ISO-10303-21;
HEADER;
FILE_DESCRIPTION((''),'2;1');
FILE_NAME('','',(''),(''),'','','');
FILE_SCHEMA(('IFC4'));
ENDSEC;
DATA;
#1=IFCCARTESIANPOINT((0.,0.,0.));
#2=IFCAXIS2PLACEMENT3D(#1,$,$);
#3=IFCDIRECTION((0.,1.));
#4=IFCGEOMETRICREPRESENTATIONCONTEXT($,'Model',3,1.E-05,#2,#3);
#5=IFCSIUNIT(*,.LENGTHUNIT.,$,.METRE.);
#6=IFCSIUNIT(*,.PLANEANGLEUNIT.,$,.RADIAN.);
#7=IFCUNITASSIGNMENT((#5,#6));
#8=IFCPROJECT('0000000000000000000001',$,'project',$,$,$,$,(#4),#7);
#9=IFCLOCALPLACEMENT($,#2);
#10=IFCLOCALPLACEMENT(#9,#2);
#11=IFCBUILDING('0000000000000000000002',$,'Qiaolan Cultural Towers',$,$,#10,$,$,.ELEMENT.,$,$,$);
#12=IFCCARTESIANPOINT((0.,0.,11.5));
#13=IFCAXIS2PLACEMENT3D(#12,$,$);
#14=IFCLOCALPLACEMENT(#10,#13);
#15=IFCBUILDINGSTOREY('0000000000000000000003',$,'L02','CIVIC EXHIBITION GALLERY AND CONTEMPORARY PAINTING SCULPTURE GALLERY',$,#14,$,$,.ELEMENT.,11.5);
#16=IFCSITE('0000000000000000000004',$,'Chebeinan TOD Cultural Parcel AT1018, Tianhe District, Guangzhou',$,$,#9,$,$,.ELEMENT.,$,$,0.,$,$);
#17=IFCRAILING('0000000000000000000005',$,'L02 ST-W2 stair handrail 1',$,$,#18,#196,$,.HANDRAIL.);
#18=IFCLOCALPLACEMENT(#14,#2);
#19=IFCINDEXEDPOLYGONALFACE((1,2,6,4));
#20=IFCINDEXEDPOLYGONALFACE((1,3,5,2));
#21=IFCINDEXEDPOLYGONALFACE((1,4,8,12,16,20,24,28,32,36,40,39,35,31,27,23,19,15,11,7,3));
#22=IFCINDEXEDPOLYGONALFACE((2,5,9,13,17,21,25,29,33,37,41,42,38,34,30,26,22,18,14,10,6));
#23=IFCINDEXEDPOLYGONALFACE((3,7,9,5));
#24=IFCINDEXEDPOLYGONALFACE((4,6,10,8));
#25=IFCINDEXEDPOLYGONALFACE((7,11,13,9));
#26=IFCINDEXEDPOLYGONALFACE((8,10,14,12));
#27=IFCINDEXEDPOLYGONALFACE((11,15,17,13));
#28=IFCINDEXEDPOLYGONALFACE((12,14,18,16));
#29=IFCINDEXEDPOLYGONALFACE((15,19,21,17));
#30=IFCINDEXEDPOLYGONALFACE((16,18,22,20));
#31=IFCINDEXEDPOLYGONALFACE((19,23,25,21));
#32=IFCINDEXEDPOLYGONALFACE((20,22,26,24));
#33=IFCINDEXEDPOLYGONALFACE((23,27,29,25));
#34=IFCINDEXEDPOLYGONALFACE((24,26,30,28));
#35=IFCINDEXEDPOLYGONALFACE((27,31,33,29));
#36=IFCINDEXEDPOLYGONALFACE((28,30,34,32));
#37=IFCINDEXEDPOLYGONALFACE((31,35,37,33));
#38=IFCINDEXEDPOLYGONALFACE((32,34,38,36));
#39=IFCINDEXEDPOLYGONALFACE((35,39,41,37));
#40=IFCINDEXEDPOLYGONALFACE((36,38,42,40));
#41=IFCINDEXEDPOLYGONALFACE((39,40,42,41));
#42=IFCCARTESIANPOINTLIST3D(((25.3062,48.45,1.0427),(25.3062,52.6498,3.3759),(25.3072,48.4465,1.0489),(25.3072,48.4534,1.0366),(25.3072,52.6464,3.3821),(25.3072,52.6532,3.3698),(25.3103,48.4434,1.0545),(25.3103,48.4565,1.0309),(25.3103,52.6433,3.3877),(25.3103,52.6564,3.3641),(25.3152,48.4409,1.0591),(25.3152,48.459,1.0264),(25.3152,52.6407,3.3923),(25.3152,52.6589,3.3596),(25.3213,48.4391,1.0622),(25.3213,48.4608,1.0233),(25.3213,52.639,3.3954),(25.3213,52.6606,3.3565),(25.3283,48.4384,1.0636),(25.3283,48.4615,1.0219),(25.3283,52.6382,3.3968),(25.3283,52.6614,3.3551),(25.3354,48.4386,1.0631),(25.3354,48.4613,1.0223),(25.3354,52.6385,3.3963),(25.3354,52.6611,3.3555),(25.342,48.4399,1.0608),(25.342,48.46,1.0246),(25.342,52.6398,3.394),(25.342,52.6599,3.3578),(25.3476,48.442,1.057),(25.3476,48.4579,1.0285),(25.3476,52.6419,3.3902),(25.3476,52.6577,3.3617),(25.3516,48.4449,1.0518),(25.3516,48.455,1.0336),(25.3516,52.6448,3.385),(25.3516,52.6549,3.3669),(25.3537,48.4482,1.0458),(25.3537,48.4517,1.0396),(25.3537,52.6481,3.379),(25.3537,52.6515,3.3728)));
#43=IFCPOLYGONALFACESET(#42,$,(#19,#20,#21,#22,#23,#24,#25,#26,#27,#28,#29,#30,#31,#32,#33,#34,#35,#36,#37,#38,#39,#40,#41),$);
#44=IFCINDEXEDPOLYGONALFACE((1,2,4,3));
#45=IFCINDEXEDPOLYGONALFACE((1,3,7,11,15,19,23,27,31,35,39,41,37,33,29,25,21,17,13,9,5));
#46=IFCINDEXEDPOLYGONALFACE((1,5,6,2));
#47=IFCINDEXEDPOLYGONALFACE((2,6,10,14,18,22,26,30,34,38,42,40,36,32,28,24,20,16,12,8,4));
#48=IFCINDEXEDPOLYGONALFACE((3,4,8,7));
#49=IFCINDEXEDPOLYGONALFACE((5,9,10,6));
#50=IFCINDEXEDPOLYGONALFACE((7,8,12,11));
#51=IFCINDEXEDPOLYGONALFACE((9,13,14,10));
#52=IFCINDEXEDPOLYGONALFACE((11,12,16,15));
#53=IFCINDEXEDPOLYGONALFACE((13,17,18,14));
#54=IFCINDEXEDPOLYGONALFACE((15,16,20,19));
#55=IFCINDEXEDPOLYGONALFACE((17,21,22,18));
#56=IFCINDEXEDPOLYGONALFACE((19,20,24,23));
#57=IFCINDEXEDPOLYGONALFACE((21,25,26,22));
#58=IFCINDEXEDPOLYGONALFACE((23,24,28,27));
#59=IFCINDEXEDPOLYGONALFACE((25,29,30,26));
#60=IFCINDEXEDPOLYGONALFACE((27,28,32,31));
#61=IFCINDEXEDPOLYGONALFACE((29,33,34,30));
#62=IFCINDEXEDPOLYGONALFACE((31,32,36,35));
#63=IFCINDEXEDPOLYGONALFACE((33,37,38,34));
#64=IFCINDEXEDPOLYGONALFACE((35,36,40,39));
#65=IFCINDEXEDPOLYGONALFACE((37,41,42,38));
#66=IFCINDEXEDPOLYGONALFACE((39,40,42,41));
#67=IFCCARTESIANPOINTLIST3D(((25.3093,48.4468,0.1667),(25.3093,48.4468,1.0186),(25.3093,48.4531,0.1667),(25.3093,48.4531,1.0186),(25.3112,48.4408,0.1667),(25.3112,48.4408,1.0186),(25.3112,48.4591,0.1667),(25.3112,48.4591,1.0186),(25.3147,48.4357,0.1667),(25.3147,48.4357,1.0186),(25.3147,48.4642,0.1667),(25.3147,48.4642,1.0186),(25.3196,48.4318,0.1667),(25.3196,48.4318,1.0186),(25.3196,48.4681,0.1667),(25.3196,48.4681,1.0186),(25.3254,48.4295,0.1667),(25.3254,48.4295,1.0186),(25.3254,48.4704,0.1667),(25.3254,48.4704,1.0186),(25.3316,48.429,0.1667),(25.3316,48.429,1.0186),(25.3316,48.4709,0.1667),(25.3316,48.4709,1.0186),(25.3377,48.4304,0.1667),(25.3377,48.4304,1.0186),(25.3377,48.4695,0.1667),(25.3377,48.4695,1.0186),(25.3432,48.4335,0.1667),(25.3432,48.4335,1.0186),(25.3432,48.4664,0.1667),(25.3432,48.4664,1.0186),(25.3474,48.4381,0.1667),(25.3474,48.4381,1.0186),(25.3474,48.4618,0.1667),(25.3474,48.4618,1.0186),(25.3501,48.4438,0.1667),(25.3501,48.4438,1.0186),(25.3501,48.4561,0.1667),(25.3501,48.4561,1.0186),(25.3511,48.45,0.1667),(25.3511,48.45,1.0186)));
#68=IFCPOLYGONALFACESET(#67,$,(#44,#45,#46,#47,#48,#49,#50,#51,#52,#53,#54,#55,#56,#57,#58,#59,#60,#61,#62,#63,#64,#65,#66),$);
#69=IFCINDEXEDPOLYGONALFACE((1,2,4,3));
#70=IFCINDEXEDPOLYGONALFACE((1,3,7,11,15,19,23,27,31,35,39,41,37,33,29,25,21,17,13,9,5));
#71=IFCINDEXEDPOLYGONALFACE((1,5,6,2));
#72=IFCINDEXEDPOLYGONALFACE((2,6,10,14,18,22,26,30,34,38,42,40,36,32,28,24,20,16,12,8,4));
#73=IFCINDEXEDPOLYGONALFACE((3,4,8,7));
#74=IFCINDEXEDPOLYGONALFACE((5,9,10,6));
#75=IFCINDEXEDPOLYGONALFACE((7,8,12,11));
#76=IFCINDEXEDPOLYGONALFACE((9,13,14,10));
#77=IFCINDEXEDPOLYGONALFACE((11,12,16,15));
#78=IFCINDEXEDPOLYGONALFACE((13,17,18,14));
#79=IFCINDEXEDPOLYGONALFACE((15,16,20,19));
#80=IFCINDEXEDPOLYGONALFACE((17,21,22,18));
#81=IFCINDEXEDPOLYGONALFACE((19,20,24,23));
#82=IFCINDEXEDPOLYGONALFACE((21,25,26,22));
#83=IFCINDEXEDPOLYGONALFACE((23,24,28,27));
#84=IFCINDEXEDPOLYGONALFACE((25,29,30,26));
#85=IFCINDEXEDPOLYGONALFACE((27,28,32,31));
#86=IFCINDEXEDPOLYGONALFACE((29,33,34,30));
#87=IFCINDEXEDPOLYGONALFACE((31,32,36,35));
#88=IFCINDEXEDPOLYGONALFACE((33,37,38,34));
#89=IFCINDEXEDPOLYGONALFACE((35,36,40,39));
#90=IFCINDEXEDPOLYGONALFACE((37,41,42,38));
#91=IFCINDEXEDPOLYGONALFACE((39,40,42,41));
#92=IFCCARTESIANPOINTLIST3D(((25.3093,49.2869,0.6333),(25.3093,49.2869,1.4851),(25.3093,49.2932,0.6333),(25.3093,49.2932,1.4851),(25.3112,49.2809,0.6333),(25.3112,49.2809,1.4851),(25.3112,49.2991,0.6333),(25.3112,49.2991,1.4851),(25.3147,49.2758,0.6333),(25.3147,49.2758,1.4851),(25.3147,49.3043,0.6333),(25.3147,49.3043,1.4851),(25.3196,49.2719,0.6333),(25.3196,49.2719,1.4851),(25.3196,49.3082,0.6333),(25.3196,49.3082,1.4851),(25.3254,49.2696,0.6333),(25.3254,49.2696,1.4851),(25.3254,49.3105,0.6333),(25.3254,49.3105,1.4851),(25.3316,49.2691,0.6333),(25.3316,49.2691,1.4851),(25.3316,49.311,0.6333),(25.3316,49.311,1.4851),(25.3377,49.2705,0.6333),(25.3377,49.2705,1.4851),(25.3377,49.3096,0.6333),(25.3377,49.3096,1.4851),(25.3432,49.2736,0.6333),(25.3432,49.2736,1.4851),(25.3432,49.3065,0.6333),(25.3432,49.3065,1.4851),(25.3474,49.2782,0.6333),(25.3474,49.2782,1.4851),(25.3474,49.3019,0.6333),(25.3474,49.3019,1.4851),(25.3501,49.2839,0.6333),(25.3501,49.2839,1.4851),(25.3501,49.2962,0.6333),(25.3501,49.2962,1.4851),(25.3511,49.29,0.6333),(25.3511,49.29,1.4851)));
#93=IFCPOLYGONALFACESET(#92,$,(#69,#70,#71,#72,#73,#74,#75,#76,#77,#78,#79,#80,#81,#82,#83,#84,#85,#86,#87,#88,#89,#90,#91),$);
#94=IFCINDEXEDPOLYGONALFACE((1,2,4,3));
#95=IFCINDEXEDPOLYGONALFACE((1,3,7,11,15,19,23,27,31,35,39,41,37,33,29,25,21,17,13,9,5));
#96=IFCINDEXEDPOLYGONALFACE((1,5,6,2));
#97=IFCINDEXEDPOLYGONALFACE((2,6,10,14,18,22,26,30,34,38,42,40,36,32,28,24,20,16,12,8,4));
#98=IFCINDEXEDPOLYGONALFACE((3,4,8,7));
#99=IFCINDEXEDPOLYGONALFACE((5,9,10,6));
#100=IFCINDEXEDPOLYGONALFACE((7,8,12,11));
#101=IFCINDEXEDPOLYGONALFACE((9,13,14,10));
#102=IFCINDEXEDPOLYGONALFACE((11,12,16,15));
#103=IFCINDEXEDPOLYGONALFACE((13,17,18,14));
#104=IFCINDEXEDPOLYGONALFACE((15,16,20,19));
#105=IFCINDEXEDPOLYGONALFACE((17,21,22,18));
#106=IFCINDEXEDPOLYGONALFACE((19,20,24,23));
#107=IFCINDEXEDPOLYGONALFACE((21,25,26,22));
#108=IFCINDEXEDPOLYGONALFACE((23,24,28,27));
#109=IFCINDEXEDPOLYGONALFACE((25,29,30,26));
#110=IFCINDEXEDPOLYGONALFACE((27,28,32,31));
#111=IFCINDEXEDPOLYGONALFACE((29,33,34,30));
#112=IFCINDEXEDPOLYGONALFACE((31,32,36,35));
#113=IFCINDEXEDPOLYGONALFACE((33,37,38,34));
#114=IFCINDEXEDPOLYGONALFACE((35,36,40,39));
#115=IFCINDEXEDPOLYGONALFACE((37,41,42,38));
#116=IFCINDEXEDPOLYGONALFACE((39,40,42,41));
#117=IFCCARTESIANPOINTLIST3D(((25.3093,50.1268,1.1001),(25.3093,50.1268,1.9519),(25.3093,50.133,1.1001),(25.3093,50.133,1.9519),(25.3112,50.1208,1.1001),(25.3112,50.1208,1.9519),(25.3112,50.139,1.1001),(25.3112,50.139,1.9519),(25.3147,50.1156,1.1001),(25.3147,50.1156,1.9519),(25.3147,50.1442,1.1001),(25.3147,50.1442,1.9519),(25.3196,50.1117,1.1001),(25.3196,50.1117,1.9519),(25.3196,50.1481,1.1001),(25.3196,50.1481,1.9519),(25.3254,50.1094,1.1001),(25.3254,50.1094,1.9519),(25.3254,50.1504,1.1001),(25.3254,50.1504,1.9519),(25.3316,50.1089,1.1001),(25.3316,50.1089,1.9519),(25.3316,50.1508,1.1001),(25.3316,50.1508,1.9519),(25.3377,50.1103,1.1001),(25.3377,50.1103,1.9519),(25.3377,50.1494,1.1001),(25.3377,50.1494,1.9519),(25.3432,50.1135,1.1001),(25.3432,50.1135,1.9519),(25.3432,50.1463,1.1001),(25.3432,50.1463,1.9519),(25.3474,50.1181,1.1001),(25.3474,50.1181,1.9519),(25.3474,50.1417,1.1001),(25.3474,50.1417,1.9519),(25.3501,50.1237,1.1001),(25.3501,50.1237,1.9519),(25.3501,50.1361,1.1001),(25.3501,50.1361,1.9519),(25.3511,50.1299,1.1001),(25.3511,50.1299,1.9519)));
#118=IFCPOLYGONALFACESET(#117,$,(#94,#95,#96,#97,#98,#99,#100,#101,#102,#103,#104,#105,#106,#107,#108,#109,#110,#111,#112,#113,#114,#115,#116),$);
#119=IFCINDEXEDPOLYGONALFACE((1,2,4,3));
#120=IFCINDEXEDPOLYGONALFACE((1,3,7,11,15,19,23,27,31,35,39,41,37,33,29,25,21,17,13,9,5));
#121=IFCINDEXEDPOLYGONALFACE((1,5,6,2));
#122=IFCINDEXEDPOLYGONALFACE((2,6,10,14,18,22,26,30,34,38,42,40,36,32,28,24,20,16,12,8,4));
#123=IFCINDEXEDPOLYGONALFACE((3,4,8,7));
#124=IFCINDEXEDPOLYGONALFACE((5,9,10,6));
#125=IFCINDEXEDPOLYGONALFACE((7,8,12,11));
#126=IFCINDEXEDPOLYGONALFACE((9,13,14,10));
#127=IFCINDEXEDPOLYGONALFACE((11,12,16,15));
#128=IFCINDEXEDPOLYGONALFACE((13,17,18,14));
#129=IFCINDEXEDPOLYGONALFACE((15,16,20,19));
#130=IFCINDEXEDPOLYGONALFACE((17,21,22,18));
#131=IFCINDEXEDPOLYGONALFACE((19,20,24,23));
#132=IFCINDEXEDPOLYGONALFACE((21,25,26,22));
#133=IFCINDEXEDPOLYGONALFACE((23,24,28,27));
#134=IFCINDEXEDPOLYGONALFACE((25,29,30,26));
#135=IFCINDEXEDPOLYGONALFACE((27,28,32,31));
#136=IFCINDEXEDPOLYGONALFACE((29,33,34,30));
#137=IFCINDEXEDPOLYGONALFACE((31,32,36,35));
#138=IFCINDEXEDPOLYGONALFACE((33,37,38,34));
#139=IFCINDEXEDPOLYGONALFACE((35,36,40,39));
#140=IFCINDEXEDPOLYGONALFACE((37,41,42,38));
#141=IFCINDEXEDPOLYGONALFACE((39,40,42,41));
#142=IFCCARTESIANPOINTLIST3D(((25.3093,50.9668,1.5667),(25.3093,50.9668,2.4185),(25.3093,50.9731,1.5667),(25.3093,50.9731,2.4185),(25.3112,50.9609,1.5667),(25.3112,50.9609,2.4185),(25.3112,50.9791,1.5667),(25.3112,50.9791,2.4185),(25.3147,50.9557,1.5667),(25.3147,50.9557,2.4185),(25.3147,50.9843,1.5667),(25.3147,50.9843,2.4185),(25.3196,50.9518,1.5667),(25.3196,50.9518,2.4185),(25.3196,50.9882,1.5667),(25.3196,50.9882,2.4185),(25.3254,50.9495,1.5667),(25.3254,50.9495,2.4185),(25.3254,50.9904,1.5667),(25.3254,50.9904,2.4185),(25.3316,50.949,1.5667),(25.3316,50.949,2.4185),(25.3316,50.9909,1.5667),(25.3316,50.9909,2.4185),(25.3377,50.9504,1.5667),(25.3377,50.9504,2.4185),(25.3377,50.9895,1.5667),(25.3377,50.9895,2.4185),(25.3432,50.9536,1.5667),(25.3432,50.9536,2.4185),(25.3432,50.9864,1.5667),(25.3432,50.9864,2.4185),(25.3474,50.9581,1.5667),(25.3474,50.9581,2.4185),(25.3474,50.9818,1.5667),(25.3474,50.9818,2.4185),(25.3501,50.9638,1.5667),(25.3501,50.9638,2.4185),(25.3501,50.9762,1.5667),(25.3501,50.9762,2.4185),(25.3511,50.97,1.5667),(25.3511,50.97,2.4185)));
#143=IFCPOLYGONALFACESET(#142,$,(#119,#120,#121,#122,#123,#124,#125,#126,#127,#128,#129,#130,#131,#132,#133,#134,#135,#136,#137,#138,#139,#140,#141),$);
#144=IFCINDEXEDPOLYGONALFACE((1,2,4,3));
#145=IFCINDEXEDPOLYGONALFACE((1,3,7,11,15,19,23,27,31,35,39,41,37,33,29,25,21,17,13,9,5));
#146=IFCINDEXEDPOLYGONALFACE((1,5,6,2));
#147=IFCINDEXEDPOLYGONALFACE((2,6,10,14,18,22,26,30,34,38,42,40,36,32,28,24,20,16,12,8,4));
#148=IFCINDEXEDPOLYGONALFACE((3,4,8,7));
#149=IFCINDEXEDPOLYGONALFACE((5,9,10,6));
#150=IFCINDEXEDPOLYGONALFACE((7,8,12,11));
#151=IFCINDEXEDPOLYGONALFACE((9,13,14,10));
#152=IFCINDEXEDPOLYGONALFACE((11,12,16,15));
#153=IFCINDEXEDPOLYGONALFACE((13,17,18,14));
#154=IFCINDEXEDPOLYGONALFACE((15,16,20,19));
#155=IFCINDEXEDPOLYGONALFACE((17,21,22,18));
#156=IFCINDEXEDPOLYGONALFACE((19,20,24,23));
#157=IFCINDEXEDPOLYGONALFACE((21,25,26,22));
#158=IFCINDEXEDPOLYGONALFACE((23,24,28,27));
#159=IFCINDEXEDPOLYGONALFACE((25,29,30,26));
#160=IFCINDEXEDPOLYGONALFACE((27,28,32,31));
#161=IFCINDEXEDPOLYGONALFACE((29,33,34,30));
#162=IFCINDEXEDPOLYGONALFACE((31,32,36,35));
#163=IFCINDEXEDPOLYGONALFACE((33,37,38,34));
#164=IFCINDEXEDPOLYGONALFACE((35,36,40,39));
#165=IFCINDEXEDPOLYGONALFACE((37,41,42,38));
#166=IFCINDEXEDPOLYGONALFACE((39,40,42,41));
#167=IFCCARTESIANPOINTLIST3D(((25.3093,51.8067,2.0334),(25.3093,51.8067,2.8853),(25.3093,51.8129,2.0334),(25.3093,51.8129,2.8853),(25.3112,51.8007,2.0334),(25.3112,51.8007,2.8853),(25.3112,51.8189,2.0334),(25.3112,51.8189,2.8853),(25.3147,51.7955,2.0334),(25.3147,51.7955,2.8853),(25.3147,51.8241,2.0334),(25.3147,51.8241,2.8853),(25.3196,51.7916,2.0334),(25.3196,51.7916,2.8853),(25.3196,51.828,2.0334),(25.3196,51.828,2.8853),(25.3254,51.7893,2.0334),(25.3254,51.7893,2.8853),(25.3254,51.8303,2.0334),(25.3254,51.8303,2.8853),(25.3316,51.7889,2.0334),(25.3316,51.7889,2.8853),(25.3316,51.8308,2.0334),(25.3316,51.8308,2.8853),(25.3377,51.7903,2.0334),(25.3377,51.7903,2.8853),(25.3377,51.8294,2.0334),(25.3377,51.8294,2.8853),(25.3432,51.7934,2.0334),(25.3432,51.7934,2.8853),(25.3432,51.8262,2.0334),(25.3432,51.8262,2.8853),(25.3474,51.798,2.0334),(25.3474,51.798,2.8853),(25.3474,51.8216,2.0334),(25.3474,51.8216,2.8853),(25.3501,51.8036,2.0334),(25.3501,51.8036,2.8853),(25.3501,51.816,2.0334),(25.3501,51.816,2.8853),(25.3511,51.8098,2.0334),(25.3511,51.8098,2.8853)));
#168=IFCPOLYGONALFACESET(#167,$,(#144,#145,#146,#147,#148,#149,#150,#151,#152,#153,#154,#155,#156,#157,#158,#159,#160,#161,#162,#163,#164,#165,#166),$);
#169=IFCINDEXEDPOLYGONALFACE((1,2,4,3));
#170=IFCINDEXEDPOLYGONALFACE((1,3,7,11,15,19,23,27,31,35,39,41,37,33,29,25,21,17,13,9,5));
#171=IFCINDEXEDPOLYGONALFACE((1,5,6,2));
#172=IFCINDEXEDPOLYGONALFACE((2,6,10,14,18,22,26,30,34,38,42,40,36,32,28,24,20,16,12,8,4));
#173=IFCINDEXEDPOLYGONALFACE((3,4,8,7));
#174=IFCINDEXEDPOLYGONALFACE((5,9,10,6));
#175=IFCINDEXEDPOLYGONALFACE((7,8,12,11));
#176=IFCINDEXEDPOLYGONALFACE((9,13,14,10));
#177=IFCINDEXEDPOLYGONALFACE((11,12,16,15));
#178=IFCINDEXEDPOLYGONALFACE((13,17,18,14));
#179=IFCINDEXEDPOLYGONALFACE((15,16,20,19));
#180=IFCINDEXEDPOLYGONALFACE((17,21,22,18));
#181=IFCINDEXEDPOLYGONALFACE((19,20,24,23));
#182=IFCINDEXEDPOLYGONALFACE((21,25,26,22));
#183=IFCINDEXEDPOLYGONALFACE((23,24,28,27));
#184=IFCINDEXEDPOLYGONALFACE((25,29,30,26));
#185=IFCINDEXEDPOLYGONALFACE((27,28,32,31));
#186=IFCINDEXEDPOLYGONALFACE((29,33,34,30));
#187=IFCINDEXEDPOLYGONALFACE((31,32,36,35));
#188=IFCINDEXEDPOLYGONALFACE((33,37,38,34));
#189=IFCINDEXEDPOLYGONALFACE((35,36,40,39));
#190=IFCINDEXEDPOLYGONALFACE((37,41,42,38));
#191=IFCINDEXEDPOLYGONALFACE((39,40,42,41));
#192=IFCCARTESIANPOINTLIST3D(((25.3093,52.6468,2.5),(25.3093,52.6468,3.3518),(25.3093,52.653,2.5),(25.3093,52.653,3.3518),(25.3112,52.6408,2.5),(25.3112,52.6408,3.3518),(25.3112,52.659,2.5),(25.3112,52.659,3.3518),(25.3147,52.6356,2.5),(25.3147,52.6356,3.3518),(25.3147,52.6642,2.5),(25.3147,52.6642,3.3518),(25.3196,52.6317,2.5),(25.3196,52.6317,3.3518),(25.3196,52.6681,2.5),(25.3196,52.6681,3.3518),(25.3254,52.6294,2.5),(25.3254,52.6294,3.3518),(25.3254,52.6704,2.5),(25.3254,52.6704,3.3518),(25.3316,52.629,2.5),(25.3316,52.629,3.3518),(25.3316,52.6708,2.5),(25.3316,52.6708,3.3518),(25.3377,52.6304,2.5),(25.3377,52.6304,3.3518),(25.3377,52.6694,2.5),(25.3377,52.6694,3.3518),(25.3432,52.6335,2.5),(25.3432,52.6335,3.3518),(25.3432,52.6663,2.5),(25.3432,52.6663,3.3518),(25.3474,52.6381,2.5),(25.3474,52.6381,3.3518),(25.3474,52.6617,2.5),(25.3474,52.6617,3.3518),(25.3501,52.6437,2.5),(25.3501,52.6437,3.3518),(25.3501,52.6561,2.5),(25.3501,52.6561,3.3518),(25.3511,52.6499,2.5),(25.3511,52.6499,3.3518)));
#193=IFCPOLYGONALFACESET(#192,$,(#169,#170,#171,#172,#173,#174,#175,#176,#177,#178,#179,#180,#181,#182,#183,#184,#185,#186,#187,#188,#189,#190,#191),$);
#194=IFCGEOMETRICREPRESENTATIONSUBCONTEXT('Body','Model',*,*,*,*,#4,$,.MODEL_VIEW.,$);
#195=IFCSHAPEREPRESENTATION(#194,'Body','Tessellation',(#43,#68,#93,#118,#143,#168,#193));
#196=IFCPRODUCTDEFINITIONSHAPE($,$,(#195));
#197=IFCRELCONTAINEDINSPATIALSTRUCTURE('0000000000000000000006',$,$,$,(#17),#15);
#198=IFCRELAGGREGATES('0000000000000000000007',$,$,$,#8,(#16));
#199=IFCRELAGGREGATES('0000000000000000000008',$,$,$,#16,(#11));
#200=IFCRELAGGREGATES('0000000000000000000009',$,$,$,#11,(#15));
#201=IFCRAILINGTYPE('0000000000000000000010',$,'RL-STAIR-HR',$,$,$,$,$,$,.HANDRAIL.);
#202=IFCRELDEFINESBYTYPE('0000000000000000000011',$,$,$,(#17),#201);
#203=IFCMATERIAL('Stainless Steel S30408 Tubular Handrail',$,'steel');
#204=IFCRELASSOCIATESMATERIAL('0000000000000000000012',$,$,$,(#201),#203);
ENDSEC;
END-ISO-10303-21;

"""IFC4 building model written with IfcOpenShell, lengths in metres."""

from ifc_helpers import new_model, si_unit, direction, frame, origin, origin_2d, place, context, subcontext, project, spatial, circle, extrude, material, type_object, element, save


model = new_model("IFC4")

# Units and contexts
model_context = context("Model", 3, precision=1e-05, world=origin(), true_north=direction((0.0, 1.0)))
body_context = subcontext(model_context, "Body", "Model", "MODEL_VIEW")
ifc_project = project(units=[si_unit("LENGTHUNIT", "METRE"), si_unit("PLANEANGLEUNIT", "RADIAN")], contexts=[model_context])

# Site, building, storey
site_placement = place(None, origin())
site = spatial("IfcSite", under=ifc_project, at=site_placement, Name="Chebeinan TOD Cultural Parcel AT1018, Tianhe District, Guangzhou", CompositionType="ELEMENT", RefElevation=0.0)
building_placement = place(site_placement, origin())
building = spatial("IfcBuilding", under=site, at=building_placement, Name="Qiaolan Cultural Towers", CompositionType="ELEMENT")
storey_placement = place(building_placement, frame((0.0, 0.0, 11.5)))
storey = spatial("IfcBuildingStorey", under=building, at=storey_placement, Name="L02", Description="CIVIC EXHIBITION GALLERY AND CONTEMPORARY PAINTING SCULPTURE GALLERY", CompositionType="ELEMENT", Elevation=11.5)

# Railing
ifc_material_1 = material(Name="Stainless Steel S30408 Tubular Handrail", Category="steel")
railing_type_1 = type_object("IfcRailingType", Name="RL-STAIR-HR", PredefinedType="HANDRAIL", material=ifc_material_1)
railing_1_placement = place(storey_placement, frame((25.3301, 48.45, 0.1667)))
element("IfcRailing", 1, at=railing_1_placement, inside=storey, type_object=railing_type_1, Name="L02 ST-W2 stair handrail 1", PredefinedType="HANDRAIL", context=body_context, shape_type="SweptSolid", body=[
    extrude(circle(Radius=0.0239, at=origin_2d()), frame((0.0, 0.0, 0.876), z_axis=(0.0, 0.874162, 0.485634), x_axis=(-1.0, 0.0, 0.0)), (0.0, 0.0, 1.0), 4.8044),
    extrude(circle(Radius=0.021, at=origin_2d()), origin(), (0.0, 0.0, 1.0), 0.8518),
    extrude(circle(Radius=0.021, at=origin_2d()), frame((0.0, 0.8401, 0.4666)), (0.0, 0.0, 1.0), 0.8518),
    extrude(circle(Radius=0.021, at=origin_2d()), frame((0.0, 1.6799, 0.9333)), (0.0, 0.0, 1.0), 0.8518),
    extrude(circle(Radius=0.021, at=origin_2d()), frame((0.0, 2.52, 1.3999)), (0.0, 0.0, 1.0), 0.8518),
    extrude(circle(Radius=0.021, at=origin_2d()), frame((0.0, 3.3599, 1.8667)), (0.0, 0.0, 1.0), 0.8518),
    extrude(circle(Radius=0.021, at=origin_2d()), frame((0.0, 4.2, 2.3333)), (0.0, 0.0, 1.0), 0.8518),
])

save(model, "model.ifc")
